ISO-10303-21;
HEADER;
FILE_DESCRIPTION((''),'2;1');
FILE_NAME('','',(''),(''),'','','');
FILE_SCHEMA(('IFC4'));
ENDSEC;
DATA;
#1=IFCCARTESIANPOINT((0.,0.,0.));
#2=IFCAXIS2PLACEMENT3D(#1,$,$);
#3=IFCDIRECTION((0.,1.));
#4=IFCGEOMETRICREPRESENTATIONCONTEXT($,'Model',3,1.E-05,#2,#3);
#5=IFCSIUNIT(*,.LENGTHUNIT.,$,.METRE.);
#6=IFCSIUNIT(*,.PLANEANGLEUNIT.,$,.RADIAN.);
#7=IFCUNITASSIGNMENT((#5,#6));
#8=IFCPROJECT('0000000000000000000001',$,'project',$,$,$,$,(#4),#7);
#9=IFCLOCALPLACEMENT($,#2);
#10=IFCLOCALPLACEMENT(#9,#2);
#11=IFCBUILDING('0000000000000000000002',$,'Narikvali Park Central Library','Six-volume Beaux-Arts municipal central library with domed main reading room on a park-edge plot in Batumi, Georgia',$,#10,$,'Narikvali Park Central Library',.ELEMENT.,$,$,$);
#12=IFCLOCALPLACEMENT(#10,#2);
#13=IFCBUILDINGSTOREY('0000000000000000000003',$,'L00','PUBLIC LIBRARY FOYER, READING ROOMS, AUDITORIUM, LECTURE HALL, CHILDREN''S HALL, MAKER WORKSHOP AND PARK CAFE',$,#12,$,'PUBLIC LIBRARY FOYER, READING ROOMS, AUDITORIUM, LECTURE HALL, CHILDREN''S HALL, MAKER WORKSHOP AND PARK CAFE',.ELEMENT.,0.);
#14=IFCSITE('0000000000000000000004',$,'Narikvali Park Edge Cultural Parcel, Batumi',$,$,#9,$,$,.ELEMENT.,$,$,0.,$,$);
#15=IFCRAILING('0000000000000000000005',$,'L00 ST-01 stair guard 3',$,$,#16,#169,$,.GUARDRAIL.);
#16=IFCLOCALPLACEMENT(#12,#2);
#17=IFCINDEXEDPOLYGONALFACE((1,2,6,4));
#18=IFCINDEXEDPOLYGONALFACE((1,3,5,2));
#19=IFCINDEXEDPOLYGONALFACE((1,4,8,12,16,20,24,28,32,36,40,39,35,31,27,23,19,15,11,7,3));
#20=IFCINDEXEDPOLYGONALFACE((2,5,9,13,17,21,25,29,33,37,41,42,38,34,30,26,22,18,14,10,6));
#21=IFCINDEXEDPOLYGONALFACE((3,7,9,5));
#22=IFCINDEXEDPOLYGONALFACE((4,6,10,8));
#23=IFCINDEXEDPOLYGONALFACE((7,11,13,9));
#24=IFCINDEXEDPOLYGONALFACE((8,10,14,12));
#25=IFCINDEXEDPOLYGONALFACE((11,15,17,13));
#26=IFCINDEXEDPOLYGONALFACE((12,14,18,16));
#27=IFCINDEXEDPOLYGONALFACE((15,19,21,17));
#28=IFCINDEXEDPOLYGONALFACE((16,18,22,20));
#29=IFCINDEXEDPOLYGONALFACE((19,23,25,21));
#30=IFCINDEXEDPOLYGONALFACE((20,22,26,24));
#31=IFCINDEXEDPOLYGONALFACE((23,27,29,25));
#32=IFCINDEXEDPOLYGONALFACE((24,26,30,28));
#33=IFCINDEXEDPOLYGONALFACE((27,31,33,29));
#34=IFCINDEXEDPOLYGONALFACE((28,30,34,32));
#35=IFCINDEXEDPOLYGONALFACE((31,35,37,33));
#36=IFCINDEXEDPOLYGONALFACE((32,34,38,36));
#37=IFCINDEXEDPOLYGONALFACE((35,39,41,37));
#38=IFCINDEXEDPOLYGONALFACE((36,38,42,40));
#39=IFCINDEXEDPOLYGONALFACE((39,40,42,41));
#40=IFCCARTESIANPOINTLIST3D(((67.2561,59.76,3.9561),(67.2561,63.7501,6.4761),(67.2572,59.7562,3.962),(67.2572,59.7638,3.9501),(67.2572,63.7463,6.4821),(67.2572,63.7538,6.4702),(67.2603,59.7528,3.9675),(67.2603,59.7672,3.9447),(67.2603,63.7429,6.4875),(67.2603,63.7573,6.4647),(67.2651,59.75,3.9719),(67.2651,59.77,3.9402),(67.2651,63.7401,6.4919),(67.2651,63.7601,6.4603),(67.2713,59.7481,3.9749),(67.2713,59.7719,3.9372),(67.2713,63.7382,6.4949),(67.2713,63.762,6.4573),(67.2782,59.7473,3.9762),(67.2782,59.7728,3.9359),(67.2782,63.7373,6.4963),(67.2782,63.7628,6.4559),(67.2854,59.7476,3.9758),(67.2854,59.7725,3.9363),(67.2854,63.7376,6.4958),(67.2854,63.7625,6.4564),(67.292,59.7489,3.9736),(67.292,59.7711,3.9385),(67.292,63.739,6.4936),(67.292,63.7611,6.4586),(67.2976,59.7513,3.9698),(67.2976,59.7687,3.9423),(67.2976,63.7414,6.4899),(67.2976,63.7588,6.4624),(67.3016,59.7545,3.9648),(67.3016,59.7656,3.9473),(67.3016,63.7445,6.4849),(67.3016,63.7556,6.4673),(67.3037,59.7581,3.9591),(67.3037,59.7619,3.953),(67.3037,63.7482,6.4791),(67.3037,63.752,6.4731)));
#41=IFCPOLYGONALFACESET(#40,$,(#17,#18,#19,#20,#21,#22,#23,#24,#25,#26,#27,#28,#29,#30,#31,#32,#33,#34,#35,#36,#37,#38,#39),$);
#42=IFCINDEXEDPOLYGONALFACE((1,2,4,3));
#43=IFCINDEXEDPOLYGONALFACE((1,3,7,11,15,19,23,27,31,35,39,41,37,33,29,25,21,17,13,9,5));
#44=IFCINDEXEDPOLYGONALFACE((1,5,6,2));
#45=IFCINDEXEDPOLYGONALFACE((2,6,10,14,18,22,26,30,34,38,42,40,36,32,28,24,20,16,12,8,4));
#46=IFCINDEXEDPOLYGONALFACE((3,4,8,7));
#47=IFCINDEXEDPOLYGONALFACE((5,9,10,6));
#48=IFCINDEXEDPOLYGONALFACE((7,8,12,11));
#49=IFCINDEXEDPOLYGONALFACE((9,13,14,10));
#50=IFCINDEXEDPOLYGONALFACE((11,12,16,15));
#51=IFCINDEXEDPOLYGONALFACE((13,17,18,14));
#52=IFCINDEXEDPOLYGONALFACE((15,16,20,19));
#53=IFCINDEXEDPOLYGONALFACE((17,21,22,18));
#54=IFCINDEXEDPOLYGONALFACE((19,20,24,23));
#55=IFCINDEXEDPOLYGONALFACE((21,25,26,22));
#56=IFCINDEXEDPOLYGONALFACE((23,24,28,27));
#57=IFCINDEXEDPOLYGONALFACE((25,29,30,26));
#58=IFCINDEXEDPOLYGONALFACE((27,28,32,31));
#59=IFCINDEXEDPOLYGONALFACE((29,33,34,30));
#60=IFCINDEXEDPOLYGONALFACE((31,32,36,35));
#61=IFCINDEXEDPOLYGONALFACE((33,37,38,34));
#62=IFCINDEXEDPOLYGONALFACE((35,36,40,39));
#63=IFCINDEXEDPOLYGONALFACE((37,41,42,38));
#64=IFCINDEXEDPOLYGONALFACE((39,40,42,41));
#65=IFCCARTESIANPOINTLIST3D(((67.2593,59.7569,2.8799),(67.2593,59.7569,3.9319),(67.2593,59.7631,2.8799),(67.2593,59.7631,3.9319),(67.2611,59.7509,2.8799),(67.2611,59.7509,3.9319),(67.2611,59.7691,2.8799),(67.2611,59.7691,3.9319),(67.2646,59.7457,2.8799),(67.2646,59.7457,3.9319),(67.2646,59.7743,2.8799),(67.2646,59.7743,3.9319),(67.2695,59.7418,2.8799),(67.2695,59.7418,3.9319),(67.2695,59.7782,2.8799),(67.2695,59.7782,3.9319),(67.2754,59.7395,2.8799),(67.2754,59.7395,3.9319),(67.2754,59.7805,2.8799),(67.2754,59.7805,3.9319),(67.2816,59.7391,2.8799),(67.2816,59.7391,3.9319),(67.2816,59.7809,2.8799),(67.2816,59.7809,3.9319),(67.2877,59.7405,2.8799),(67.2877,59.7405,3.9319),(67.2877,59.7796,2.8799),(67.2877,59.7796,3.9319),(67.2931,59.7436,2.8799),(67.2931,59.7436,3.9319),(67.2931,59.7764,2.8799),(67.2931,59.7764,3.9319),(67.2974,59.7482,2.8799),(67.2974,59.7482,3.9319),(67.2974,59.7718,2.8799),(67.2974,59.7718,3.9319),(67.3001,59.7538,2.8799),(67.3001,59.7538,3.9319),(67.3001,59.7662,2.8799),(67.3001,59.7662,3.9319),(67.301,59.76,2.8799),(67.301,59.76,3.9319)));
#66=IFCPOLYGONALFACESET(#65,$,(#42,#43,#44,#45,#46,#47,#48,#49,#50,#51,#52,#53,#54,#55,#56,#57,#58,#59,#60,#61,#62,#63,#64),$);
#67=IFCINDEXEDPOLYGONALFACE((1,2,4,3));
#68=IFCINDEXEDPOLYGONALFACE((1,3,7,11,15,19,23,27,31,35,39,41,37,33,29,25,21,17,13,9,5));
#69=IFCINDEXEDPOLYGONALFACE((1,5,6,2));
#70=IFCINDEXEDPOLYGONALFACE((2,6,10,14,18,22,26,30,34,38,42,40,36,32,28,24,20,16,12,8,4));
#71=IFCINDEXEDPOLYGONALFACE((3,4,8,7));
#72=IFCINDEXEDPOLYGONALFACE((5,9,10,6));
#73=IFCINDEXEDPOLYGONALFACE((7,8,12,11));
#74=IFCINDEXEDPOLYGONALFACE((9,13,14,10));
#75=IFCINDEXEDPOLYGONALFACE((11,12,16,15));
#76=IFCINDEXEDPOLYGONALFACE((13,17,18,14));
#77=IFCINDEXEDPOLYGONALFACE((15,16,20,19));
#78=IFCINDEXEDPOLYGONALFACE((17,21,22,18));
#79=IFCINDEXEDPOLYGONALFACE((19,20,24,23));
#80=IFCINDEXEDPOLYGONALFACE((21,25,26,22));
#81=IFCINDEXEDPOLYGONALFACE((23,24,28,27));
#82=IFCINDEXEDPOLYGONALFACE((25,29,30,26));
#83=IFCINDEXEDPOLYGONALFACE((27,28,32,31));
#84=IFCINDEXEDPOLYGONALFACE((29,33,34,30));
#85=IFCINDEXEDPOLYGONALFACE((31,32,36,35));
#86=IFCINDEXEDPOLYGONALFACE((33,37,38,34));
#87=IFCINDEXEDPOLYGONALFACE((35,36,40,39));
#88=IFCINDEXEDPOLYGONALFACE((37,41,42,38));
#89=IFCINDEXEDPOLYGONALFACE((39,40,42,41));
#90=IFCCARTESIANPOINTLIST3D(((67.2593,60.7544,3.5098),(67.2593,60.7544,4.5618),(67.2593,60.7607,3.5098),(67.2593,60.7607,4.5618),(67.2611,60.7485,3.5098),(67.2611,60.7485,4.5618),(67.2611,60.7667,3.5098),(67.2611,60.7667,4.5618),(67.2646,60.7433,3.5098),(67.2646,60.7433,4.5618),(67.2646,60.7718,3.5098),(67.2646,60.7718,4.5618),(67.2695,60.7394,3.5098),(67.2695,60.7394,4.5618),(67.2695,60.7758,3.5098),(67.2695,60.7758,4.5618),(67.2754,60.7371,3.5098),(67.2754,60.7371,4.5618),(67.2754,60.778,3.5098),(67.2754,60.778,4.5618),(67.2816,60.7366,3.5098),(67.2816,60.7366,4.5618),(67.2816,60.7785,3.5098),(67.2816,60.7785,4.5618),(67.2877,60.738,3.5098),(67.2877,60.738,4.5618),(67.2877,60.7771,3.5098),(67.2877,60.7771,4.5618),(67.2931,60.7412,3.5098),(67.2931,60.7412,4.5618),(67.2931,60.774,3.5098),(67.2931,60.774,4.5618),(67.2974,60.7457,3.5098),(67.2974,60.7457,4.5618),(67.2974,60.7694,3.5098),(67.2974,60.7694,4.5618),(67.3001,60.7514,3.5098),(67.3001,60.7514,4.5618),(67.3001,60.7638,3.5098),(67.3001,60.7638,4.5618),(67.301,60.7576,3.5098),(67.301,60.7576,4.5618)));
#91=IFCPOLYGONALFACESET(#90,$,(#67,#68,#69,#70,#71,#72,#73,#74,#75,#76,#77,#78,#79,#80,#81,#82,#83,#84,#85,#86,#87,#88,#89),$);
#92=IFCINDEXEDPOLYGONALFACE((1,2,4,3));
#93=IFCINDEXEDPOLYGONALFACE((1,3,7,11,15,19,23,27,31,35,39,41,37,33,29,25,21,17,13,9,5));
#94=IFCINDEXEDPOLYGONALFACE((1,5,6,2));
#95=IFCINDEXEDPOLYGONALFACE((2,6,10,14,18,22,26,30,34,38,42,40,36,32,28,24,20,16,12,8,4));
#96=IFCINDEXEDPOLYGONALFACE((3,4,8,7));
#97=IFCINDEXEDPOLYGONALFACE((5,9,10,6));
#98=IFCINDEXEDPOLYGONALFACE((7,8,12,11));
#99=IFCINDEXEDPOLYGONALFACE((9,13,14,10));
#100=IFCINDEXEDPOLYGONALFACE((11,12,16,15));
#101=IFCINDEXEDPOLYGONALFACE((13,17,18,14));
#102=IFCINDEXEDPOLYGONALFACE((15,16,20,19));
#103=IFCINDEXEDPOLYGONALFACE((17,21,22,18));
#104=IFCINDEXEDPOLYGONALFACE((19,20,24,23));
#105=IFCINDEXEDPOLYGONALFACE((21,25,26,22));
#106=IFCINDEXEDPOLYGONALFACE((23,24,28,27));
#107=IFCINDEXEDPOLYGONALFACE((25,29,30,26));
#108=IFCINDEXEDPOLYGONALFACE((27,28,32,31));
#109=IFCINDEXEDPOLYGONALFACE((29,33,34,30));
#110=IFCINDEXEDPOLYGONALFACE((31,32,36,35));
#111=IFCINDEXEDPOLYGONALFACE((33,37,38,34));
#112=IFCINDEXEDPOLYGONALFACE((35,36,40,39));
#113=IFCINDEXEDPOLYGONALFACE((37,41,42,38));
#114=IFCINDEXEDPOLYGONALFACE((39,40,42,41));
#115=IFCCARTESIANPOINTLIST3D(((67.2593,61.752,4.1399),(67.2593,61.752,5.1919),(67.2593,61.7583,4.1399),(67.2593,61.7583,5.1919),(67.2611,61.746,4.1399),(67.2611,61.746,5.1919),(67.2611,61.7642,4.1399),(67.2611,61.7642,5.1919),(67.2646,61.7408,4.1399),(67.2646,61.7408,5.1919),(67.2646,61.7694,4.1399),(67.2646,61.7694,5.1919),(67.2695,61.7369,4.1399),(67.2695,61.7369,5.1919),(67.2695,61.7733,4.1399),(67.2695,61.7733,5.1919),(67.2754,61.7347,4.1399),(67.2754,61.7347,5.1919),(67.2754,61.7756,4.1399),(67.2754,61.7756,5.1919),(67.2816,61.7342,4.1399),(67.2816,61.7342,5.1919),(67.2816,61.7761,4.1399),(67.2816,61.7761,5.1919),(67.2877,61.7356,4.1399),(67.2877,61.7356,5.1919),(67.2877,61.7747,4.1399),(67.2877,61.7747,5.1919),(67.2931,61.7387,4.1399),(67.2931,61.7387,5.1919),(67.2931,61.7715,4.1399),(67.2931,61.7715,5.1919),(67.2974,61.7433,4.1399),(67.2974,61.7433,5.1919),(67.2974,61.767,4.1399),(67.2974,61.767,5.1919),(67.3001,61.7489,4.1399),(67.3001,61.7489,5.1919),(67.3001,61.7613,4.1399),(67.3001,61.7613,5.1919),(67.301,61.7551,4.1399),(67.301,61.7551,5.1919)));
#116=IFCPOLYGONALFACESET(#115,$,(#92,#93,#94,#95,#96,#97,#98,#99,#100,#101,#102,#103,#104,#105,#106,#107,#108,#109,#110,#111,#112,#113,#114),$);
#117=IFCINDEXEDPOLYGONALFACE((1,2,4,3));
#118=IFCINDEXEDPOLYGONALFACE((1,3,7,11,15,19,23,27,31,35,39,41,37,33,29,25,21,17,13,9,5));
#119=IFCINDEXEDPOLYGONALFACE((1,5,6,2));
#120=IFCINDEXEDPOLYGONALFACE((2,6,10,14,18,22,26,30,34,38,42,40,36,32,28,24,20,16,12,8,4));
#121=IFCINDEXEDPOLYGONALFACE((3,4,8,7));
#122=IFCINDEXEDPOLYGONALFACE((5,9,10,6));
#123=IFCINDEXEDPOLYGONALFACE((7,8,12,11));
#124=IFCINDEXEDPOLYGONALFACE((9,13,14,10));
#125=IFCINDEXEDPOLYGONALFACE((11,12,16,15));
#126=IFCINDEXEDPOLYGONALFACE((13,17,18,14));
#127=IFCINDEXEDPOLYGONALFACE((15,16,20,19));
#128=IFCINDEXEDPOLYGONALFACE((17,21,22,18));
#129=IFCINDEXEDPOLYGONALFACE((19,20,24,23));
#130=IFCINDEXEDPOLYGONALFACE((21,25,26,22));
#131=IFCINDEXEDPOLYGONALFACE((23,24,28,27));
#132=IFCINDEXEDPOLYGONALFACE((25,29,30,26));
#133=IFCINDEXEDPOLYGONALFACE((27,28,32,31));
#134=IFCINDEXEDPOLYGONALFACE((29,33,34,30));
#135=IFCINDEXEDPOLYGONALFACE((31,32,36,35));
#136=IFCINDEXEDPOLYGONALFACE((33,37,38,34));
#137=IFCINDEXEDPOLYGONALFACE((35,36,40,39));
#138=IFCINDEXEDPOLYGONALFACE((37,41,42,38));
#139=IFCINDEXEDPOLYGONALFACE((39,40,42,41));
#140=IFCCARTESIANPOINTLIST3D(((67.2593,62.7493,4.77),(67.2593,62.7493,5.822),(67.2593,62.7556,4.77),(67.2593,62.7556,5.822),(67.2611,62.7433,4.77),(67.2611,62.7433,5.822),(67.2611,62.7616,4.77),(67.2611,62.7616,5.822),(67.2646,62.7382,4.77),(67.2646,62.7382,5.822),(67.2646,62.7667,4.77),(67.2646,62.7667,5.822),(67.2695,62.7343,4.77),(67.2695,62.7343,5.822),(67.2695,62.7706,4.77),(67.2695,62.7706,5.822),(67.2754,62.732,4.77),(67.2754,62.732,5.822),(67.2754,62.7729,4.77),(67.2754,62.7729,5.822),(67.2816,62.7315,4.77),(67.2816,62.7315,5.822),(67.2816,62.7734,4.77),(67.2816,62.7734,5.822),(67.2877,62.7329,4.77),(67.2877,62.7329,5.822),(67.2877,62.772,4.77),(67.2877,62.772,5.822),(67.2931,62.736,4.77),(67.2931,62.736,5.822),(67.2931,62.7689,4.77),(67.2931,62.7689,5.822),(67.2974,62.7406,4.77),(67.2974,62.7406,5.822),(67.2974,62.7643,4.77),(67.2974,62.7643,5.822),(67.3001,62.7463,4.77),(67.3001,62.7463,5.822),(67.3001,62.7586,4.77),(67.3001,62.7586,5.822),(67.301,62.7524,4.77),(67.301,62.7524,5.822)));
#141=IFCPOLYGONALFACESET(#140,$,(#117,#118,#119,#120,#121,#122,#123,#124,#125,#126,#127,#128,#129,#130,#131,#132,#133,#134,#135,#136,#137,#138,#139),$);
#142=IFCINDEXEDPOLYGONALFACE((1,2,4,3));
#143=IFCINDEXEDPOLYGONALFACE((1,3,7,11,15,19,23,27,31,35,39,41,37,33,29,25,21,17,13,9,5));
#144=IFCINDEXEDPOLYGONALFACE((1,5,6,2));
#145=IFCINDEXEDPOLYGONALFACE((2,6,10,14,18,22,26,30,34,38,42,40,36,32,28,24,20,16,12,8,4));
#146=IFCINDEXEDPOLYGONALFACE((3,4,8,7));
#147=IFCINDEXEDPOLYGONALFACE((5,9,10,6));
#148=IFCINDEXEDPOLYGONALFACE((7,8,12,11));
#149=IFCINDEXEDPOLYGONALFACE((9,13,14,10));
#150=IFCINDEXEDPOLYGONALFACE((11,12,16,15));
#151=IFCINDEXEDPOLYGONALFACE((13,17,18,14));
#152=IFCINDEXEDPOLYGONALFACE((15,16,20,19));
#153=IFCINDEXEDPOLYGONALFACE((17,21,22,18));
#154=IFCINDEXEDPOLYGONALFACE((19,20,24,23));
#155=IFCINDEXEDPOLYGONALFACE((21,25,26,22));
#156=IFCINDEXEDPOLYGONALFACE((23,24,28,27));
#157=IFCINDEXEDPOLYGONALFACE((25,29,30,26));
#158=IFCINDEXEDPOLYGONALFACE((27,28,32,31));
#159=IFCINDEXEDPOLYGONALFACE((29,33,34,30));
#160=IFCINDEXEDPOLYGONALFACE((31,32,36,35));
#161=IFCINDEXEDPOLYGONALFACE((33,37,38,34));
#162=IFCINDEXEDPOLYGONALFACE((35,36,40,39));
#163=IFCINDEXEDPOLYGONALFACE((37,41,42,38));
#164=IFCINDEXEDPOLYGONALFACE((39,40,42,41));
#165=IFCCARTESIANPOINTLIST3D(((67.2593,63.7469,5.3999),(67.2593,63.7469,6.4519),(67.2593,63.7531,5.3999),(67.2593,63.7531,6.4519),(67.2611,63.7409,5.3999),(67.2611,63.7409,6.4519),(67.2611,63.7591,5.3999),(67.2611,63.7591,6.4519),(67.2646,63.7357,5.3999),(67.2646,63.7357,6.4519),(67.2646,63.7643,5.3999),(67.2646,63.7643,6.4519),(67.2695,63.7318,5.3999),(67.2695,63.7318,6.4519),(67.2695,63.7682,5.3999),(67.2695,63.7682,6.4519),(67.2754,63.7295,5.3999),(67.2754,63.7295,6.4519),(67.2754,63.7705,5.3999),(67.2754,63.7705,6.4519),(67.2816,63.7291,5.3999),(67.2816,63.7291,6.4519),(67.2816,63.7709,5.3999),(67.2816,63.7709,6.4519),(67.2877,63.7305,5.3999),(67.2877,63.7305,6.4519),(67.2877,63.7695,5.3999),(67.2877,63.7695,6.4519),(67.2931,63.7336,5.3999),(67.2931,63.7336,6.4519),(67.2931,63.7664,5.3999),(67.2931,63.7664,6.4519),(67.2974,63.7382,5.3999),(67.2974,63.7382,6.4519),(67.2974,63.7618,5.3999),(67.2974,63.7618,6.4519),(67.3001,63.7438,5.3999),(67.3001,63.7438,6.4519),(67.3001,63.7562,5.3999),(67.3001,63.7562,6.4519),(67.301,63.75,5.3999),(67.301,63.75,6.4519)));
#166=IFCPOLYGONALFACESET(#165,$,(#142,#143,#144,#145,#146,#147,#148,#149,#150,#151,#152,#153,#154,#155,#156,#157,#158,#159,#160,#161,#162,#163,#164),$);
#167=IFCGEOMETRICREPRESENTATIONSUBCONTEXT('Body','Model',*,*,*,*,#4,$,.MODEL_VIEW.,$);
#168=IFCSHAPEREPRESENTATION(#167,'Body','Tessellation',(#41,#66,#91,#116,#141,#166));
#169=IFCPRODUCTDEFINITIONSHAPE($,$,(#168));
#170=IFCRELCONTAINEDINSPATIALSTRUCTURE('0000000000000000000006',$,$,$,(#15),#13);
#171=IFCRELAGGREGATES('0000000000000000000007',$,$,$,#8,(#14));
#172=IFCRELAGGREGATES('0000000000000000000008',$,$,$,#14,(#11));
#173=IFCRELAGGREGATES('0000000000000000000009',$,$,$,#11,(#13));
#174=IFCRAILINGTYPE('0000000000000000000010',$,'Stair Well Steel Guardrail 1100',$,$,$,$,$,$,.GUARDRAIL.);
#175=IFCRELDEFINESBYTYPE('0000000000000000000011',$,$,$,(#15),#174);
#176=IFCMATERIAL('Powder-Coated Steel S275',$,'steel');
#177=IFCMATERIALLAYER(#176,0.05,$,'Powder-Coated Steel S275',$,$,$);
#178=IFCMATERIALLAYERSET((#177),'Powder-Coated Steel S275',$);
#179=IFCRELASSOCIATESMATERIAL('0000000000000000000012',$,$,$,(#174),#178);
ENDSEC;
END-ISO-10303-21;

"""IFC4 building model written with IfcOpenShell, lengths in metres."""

from ifc_helpers import new_model, si_unit, direction, frame, origin, origin_2d, place, context, subcontext, project, spatial, circle, extrude, material, layer, layer_set, type_object, element, save


model = new_model("IFC4")

# Units and contexts
model_context = context("Model", 3, precision=1e-05, world=origin(), true_north=direction((0.0, 1.0)))
body_context = subcontext(model_context, "Body", "Model", "MODEL_VIEW")
ifc_project = project(units=[si_unit("LENGTHUNIT", "METRE"), si_unit("PLANEANGLEUNIT", "RADIAN")], contexts=[model_context])

# Site, building, storey
site_placement = place(None, origin())
site = spatial("IfcSite", under=ifc_project, at=site_placement, Name="Narikvali Park Edge Cultural Parcel, Batumi", CompositionType="ELEMENT", RefElevation=0.0)
building_placement = place(site_placement, origin())
building = spatial("IfcBuilding", under=site, at=building_placement, Name="Narikvali Park Central Library", Description="Six-volume Beaux-Arts municipal central library with domed main reading room on a park-edge plot in Batumi, Georgia", LongName="Narikvali Park Central Library", CompositionType="ELEMENT")
storey_placement = place(building_placement, origin())
storey = spatial("IfcBuildingStorey", under=building, at=storey_placement, Name="L00", Description="PUBLIC LIBRARY FOYER, READING ROOMS, AUDITORIUM, LECTURE HALL, CHILDREN'S HALL, MAKER WORKSHOP AND PARK CAFE", LongName="PUBLIC LIBRARY FOYER, READING ROOMS, AUDITORIUM, LECTURE HALL, CHILDREN'S HALL, MAKER WORKSHOP AND PARK CAFE", CompositionType="ELEMENT", Elevation=0.0)

# Railing
ifc_material_1 = material(Name="Powder-Coated Steel S275", Category="steel")
ifc_layer_1 = layer(ifc_material_1, 0.05, Name="Powder-Coated Steel S275")
ifc_layer_set_1 = layer_set([ifc_layer_1], Name="Powder-Coated Steel S275")
railing_type_1 = type_object("IfcRailingType", Name="Stair Well Steel Guardrail 1100", PredefinedType="GUARDRAIL", material=ifc_layer_set_1)
railing_1_placement = place(storey_placement, frame((67.28, 59.76, 2.8799)))
element("IfcRailing", 1, at=railing_1_placement, inside=storey, type_object=railing_type_1, Name="L00 ST-01 stair guard 3", PredefinedType="GUARDRAIL", context=body_context, shape_type="SweptSolid", body=[
    extrude(circle(Radius=0.0239, at=origin_2d()), frame((0.0, 0.0, 1.0762), z_axis=(0.0, 0.845486, 0.533997), x_axis=(-1.0, 0.0, 0.0)), (0.0, 0.0, 1.0), 4.7192),
    extrude(circle(Radius=0.021, at=origin_2d()), origin(), (0.0, 0.0, 1.0), 1.052),
    extrude(circle(Radius=0.021, at=origin_2d()), frame((0.0, 0.9976, 0.6299)), (0.0, 0.0, 1.0), 1.052),
    extrude(circle(Radius=0.021, at=origin_2d()), frame((0.0, 1.9951, 1.26)), (0.0, 0.0, 1.0), 1.052),
    extrude(circle(Radius=0.021, at=origin_2d()), frame((0.0, 2.9924, 1.8901)), (0.0, 0.0, 1.0), 1.052),
    extrude(circle(Radius=0.021, at=origin_2d()), frame((0.0, 3.99, 2.52)), (0.0, 0.0, 1.0), 1.052),
])

save(model, "model.ifc")
